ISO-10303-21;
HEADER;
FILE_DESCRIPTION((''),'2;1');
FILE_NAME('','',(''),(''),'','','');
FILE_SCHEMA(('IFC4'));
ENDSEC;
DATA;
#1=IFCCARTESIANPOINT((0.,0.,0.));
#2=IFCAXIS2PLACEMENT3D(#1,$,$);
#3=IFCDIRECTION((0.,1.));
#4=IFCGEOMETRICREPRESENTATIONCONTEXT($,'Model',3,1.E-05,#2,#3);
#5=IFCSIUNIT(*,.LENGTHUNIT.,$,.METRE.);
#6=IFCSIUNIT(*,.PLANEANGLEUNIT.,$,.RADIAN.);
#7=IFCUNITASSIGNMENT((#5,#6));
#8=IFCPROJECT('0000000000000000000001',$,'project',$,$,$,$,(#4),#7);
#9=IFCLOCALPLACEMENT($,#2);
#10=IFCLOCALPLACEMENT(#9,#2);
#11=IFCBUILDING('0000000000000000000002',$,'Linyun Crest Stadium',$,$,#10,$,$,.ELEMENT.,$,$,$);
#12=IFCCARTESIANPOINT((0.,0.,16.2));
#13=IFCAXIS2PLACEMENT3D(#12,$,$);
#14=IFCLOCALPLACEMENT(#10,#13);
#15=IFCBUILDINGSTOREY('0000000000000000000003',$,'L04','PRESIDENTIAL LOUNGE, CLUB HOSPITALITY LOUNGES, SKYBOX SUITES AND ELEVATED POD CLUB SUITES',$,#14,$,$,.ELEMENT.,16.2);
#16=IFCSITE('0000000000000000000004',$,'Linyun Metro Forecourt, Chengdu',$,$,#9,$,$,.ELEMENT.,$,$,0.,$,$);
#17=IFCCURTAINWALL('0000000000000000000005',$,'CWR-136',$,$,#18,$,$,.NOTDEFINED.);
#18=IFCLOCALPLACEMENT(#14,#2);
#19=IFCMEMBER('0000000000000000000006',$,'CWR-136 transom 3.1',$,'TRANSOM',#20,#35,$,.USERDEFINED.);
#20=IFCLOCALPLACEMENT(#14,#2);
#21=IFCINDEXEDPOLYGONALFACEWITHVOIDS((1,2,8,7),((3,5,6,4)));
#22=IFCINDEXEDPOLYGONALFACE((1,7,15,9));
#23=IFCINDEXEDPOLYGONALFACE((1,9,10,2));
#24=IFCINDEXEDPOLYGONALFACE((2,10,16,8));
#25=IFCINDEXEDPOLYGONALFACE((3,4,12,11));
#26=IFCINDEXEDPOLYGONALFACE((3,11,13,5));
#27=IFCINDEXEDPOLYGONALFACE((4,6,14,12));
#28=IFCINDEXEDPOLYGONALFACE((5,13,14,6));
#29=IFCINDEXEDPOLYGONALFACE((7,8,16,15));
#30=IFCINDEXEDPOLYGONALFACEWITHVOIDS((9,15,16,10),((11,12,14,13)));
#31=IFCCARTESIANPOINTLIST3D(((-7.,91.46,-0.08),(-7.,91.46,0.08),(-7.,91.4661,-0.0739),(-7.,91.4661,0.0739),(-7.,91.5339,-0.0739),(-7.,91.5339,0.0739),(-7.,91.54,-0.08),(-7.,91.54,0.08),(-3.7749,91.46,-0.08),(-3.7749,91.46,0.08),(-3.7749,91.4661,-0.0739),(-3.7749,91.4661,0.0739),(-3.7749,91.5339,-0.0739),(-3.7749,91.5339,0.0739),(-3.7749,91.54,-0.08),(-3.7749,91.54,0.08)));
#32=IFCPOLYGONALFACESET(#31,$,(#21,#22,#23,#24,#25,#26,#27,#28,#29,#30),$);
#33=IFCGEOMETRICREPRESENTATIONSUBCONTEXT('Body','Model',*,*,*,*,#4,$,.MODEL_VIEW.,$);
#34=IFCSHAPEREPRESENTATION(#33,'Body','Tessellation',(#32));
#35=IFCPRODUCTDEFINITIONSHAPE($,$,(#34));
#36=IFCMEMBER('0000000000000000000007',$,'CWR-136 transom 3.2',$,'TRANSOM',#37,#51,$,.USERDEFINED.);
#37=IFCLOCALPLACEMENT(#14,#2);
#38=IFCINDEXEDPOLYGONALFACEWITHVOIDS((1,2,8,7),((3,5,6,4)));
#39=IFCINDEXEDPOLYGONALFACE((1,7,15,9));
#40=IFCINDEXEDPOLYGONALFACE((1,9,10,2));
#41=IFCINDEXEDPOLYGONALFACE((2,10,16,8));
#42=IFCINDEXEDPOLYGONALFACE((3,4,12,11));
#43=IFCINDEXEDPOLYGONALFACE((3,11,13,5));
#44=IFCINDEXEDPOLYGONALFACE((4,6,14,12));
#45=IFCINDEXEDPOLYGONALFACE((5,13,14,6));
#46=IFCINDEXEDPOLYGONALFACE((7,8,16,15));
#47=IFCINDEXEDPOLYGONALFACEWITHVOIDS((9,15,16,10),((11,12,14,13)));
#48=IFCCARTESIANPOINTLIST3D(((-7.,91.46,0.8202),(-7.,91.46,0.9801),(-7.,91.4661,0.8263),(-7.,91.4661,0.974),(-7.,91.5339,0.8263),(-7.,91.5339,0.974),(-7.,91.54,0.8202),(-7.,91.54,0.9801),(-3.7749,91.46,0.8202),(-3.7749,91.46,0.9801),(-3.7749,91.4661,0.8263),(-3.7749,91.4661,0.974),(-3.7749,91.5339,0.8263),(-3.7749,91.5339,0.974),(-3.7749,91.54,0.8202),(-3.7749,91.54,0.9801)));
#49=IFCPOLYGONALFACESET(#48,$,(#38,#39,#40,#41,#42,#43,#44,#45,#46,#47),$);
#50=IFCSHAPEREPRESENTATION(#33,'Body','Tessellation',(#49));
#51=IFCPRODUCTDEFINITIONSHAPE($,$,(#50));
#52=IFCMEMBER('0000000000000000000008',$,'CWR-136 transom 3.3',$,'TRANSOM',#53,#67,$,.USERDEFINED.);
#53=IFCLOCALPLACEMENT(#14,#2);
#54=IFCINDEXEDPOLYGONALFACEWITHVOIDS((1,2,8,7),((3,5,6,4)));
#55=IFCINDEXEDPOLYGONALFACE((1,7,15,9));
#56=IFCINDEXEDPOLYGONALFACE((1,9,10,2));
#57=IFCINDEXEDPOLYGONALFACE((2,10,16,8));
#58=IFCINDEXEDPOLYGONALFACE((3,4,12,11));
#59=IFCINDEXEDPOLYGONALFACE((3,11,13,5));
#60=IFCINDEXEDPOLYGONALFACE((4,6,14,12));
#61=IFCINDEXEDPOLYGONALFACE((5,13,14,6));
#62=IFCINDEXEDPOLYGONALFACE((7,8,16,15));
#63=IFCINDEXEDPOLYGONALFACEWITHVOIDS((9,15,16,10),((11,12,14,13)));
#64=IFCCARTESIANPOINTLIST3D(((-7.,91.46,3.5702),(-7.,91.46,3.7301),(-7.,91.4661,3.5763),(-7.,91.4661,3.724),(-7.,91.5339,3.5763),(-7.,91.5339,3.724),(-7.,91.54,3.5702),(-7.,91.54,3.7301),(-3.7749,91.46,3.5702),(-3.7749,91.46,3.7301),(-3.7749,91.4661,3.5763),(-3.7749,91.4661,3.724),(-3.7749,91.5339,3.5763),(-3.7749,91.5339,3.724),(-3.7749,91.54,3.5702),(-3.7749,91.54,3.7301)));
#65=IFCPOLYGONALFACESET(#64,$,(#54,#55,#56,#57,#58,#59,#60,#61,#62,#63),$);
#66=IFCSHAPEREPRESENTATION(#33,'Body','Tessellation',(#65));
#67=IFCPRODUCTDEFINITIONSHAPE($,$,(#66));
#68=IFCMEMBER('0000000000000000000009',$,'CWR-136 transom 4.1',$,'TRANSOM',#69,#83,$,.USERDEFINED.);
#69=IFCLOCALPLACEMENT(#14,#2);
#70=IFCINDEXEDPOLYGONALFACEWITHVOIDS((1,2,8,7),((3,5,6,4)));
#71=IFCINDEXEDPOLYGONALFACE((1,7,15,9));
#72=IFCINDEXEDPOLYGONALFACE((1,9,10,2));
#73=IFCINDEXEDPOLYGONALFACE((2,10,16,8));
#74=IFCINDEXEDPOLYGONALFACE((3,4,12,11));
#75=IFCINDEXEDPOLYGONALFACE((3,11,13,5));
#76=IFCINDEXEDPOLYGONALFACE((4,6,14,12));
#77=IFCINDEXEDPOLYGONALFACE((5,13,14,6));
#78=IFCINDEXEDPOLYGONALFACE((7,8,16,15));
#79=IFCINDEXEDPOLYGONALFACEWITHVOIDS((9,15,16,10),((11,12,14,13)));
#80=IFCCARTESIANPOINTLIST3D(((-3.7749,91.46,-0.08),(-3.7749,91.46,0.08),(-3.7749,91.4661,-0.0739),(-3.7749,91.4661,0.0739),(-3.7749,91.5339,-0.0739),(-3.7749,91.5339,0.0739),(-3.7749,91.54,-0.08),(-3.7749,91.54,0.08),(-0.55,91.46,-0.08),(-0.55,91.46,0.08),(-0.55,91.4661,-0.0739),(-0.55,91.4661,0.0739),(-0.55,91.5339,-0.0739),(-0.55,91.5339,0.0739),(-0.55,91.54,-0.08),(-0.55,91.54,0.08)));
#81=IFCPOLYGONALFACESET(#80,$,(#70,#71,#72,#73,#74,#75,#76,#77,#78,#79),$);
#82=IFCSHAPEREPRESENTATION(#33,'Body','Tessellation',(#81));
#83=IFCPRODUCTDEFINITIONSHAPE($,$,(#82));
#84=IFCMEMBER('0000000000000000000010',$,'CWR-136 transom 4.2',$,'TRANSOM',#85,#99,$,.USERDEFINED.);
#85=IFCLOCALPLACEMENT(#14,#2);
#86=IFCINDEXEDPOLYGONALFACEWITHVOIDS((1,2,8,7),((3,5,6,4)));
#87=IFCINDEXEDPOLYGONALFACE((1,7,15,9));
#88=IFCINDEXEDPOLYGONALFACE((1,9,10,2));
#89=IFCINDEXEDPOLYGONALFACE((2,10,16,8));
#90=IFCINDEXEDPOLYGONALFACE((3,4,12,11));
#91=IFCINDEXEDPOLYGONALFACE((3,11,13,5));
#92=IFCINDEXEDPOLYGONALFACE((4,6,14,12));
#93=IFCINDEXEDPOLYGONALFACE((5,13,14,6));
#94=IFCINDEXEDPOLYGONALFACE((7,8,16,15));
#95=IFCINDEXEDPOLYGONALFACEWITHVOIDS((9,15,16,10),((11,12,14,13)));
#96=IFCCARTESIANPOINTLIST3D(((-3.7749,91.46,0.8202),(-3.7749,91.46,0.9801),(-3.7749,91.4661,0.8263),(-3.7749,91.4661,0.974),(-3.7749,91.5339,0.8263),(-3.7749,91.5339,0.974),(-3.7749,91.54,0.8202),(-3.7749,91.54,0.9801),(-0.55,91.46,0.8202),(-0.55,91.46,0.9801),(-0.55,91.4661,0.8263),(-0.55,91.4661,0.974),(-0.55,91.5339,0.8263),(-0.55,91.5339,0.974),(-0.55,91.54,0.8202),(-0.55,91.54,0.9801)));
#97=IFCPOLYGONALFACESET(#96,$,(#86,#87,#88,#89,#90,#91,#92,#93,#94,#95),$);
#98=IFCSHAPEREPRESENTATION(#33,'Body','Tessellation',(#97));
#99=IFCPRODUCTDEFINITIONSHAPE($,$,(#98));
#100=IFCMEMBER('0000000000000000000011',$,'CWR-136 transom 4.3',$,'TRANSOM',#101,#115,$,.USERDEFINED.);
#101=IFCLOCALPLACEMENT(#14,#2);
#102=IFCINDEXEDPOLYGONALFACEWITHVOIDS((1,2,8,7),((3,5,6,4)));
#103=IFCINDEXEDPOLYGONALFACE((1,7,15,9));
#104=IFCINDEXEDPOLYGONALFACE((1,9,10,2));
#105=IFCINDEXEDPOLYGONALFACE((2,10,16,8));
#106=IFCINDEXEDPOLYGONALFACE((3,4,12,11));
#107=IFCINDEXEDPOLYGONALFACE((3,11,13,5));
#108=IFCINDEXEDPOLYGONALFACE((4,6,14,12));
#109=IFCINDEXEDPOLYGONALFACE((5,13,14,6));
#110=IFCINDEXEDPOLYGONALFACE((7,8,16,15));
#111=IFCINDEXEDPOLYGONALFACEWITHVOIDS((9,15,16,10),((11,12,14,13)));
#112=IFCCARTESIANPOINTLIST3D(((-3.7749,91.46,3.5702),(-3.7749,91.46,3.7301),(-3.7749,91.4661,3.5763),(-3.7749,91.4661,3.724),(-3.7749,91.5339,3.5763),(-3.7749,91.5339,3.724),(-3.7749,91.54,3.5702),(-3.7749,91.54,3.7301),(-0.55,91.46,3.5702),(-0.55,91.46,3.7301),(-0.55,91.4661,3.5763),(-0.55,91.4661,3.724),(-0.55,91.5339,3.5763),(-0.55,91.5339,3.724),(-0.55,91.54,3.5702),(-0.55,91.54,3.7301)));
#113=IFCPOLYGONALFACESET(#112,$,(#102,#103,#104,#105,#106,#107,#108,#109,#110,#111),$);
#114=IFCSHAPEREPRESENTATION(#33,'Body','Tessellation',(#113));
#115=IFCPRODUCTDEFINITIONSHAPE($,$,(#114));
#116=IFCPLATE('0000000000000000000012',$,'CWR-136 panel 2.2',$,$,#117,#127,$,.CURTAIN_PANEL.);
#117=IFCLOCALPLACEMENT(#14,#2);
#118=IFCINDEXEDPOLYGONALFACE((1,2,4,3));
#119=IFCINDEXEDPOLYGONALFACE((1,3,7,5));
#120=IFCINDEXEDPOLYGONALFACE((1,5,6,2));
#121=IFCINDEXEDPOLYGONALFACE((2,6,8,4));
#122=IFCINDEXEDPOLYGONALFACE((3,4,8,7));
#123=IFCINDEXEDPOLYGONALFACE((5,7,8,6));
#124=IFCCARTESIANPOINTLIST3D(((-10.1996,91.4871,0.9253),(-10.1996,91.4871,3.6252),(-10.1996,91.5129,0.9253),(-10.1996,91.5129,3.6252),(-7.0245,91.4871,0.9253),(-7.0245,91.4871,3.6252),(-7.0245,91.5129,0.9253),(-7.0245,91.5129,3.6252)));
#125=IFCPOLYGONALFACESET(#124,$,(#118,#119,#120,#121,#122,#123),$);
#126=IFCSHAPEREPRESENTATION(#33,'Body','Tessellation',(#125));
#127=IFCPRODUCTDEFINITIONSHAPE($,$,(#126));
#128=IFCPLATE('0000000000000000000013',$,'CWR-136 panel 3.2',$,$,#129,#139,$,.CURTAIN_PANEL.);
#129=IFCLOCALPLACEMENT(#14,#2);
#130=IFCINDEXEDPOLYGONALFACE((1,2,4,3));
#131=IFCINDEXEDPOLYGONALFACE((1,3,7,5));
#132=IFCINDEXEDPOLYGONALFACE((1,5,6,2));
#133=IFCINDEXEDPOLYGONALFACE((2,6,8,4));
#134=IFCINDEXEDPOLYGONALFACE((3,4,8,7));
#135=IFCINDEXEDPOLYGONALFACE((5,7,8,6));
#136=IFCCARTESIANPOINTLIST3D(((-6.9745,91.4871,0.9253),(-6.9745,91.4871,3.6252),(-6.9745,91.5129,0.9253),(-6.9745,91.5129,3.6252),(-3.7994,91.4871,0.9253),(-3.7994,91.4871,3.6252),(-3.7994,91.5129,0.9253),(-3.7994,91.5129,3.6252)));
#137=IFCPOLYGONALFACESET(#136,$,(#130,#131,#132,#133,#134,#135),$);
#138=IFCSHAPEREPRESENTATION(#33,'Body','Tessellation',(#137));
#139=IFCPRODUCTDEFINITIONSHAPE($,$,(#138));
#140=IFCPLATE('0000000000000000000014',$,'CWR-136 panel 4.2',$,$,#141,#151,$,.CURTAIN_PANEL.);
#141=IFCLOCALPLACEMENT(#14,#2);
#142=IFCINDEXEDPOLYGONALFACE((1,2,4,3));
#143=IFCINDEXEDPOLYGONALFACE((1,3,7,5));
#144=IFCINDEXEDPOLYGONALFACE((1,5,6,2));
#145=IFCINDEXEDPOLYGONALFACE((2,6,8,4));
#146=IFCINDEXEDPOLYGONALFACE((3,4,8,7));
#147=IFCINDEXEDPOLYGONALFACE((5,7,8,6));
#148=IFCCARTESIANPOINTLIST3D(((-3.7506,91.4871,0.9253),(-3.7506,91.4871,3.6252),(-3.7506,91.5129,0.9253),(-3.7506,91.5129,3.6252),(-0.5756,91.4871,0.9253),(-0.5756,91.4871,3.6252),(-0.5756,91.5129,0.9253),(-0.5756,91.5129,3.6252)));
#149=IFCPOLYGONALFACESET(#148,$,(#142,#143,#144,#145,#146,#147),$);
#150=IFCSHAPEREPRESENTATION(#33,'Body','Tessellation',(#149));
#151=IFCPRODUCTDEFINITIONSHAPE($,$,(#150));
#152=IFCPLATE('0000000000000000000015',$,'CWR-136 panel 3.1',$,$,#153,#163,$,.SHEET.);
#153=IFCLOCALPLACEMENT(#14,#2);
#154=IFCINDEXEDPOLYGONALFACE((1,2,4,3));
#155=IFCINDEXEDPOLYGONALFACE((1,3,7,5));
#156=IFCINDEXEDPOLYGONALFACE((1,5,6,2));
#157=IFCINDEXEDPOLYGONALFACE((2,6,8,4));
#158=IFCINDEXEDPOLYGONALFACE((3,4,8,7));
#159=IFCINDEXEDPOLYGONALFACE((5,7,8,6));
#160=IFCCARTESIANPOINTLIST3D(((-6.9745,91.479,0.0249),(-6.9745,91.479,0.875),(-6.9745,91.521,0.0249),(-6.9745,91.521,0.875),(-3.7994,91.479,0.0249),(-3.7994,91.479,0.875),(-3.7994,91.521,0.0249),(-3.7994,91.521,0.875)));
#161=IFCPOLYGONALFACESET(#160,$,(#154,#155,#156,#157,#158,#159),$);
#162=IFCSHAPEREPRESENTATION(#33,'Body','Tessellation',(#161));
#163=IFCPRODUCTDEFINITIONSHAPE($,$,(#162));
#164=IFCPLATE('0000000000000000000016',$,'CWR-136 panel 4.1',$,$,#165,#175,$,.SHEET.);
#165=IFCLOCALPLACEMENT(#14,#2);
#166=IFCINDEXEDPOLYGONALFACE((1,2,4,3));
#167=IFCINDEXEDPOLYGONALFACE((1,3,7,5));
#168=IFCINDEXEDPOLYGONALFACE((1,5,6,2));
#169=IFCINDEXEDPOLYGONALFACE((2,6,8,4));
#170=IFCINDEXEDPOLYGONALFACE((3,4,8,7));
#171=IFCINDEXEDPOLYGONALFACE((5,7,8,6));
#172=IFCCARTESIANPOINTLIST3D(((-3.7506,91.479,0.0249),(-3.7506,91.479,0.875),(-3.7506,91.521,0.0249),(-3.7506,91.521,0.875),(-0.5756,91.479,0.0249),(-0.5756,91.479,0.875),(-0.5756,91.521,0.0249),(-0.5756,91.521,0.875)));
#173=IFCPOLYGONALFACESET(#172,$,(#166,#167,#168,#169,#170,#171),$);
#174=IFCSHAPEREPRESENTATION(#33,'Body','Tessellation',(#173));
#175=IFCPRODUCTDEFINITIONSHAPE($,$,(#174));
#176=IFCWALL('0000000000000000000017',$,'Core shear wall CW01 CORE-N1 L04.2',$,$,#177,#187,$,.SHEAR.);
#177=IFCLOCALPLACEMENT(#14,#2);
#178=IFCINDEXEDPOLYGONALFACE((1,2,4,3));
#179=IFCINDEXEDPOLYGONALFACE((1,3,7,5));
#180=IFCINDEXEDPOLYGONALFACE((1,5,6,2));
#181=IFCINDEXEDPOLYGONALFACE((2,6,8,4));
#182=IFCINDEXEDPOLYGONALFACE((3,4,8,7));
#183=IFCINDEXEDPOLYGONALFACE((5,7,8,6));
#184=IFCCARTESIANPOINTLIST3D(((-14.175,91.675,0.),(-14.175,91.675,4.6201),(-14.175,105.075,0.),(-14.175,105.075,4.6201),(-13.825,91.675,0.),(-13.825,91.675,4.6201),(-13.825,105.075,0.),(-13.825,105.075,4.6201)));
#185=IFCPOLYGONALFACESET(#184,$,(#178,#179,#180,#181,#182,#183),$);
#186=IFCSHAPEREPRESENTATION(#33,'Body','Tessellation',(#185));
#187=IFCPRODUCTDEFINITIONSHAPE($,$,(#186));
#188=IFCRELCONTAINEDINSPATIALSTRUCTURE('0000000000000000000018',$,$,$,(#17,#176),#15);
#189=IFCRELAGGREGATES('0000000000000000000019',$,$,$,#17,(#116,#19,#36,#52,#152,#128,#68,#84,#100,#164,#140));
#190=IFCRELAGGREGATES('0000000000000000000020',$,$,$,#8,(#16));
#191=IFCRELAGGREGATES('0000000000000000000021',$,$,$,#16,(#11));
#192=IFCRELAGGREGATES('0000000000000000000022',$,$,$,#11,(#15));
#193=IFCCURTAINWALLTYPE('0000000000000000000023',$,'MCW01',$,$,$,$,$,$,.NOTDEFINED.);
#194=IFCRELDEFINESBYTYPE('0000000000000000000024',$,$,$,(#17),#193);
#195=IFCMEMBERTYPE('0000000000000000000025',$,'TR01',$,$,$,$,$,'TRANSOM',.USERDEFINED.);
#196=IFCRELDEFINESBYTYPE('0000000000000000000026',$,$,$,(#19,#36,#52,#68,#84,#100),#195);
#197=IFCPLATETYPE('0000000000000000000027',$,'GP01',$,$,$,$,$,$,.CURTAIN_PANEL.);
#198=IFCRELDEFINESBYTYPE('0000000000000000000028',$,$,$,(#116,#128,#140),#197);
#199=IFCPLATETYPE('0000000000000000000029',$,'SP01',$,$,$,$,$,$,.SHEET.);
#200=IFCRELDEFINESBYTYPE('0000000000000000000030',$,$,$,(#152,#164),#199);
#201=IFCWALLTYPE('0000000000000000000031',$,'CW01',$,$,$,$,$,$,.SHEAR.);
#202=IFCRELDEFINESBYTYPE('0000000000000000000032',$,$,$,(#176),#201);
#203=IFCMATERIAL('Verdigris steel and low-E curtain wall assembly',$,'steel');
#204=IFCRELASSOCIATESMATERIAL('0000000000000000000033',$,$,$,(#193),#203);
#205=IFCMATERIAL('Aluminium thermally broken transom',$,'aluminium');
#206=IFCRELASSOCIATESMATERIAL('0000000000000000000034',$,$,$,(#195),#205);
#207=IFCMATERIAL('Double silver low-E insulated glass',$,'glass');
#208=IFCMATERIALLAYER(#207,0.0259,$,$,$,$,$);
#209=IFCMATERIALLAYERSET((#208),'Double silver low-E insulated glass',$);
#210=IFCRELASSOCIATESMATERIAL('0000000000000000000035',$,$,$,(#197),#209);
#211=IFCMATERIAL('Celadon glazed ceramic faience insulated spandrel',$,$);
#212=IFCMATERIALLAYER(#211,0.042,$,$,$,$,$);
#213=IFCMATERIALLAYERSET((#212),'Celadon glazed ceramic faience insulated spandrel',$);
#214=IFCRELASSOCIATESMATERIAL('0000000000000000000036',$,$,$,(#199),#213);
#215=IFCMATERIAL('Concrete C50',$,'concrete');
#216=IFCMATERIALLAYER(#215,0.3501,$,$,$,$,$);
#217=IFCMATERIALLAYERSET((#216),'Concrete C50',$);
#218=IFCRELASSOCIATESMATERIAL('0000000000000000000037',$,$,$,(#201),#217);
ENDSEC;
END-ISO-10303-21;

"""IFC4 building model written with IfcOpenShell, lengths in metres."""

from ifc_helpers import new_model, si_unit, direction, frame, frame_2d, origin, origin_2d, place, context, subcontext, project, spatial, rectangle, hollow_rectangle, extrude, material, layer, layer_set, material_profile, profile_set, type_object, element, aggregate, save


model = new_model("IFC4")

# Units and contexts
model_context = context("Model", 3, precision=1e-05, world=origin(), true_north=direction((0.0, 1.0)))
body_context = subcontext(model_context, "Body", "Model", "MODEL_VIEW")
ifc_project = project(units=[si_unit("LENGTHUNIT", "METRE"), si_unit("PLANEANGLEUNIT", "RADIAN")], contexts=[model_context])

# Site, building, storey
site_placement = place(None, origin())
site = spatial("IfcSite", under=ifc_project, at=site_placement, Name="Linyun Metro Forecourt, Chengdu", CompositionType="ELEMENT", RefElevation=0.0)
building_placement = place(site_placement, origin())
building = spatial("IfcBuilding", under=site, at=building_placement, Name="Linyun Crest Stadium", CompositionType="ELEMENT")
storey_placement = place(building_placement, frame((0.0, 0.0, 16.2)))
storey = spatial("IfcBuildingStorey", under=building, at=storey_placement, Name="L04", Description="PRESIDENTIAL LOUNGE, CLUB HOSPITALITY LOUNGES, SKYBOX SUITES AND ELEVATED POD CLUB SUITES", CompositionType="ELEMENT", Elevation=16.2)

# Curtain wall
ifc_material_1 = material(Name="Verdigris steel and low-E curtain wall assembly", Category="steel")
curtain_wall_type = type_object("IfcCurtainWallType", Name="MCW01", PredefinedType="NOTDEFINED", material=ifc_material_1)
curtain_wall_placement = place(storey_placement, origin())
curtain_wall = element("IfcCurtainWall", 1, at=curtain_wall_placement, inside=storey, type_object=curtain_wall_type, Name="CWR-136", PredefinedType="NOTDEFINED")

# Members
ifc_material_2 = material(Name="Aluminium thermally broken transom", Category="aluminium")
ifc_material_profile_1 = material_profile(ifc_material_2, hollow_rectangle(XDim=0.0801, YDim=0.1599, WallThickness=0.0061, at=origin_2d()), Name="RHS 160x80x6")
ifc_profile_set_1 = profile_set([ifc_material_profile_1], Name="Aluminium thermally broken transom")
member_type_1 = type_object("IfcMemberType", Name="TR01", ElementType="TRANSOM", PredefinedType="USERDEFINED", material=ifc_profile_set_1)
member_1_placement = place(storey_placement, frame((-7.0, 91.5, 0.0), z_axis=(1.0, 0.0, 0.0), x_axis=(0.0, 1.0, 0.0)))
member_1 = element("IfcMember", 2, at=member_1_placement, type_object=member_type_1, Name="CWR-136 transom 3.1", ObjectType="TRANSOM", PredefinedType="USERDEFINED", context=body_context, shape_type="SweptSolid", body=[
    extrude(hollow_rectangle(XDim=0.0801, YDim=0.1599, WallThickness=0.0061, at=origin_2d()), origin(), (0.0, 0.0, 1.0), 3.2251),
])
member_2_placement = place(storey_placement, frame((-7.0, 91.5, 0.9001), z_axis=(1.0, 0.0, 0.0), x_axis=(0.0, 1.0, 0.0)))
member_2 = element("IfcMember", 3, at=member_2_placement, type_object=member_type_1, Name="CWR-136 transom 3.2", ObjectType="TRANSOM", PredefinedType="USERDEFINED", context=body_context, shape_type="SweptSolid", body=[
    extrude(hollow_rectangle(XDim=0.0801, YDim=0.1599, WallThickness=0.0061, at=origin_2d()), origin(), (0.0, 0.0, 1.0), 3.2251),
])
member_3_placement = place(storey_placement, frame((-7.0, 91.5, 3.6501), z_axis=(1.0, 0.0, 0.0), x_axis=(0.0, 1.0, 0.0)))
member_3 = element("IfcMember", 4, at=member_3_placement, type_object=member_type_1, Name="CWR-136 transom 3.3", ObjectType="TRANSOM", PredefinedType="USERDEFINED", context=body_context, shape_type="SweptSolid", body=[
    extrude(hollow_rectangle(XDim=0.0801, YDim=0.1599, WallThickness=0.0061, at=origin_2d()), origin(), (0.0, 0.0, 1.0), 3.2251),
])
member_4_placement = place(storey_placement, frame((-3.7749, 91.5, 0.0), z_axis=(1.0, 0.0, 0.0), x_axis=(0.0, 1.0, 0.0)))
member_4 = element("IfcMember", 5, at=member_4_placement, type_object=member_type_1, Name="CWR-136 transom 4.1", ObjectType="TRANSOM", PredefinedType="USERDEFINED", context=body_context, shape_type="SweptSolid", body=[
    extrude(hollow_rectangle(XDim=0.0801, YDim=0.1599, WallThickness=0.0061, at=origin_2d()), origin(), (0.0, 0.0, 1.0), 3.2249),
])
member_5_placement = place(storey_placement, frame((-3.7749, 91.5, 0.9001), z_axis=(1.0, 0.0, 0.0), x_axis=(0.0, 1.0, 0.0)))
member_5 = element("IfcMember", 6, at=member_5_placement, type_object=member_type_1, Name="CWR-136 transom 4.2", ObjectType="TRANSOM", PredefinedType="USERDEFINED", context=body_context, shape_type="SweptSolid", body=[
    extrude(hollow_rectangle(XDim=0.0801, YDim=0.1599, WallThickness=0.0061, at=origin_2d()), origin(), (0.0, 0.0, 1.0), 3.2249),
])
member_6_placement = place(storey_placement, frame((-3.7749, 91.5, 3.6501), z_axis=(1.0, 0.0, 0.0), x_axis=(0.0, 1.0, 0.0)))
member_6 = element("IfcMember", 7, at=member_6_placement, type_object=member_type_1, Name="CWR-136 transom 4.3", ObjectType="TRANSOM", PredefinedType="USERDEFINED", context=body_context, shape_type="SweptSolid", body=[
    extrude(hollow_rectangle(XDim=0.0801, YDim=0.1599, WallThickness=0.0061, at=origin_2d()), origin(), (0.0, 0.0, 1.0), 3.2249),
])

# Plates
ifc_material_3 = material(Name="Double silver low-E insulated glass", Category="glass")
ifc_layer_1 = layer(ifc_material_3, 0.0259)
ifc_layer_set_1 = layer_set([ifc_layer_1], Name="Double silver low-E insulated glass")
plate_type_1 = type_object("IfcPlateType", Name="GP01", PredefinedType="CURTAIN_PANEL", material=ifc_layer_set_1)
plate_1_placement = place(storey_placement, frame((-8.6121, 91.5, 0.9253), z_axis=(0.0, 0.0, 1.0), x_axis=(1.0, 0.0, 0.0)))
plate_1 = element("IfcPlate", 8, at=plate_1_placement, type_object=plate_type_1, Name="CWR-136 panel 2.2", PredefinedType="CURTAIN_PANEL", context=body_context, shape_type="SweptSolid", body=[
    extrude(rectangle(XDim=3.175, YDim=0.0259, at=origin_2d()), origin(), (0.0, 0.0, 1.0), 2.7),
])
plate_2_placement = place(storey_placement, frame((-5.387, 91.5, 0.9253), z_axis=(0.0, 0.0, 1.0), x_axis=(1.0, 0.0, 0.0)))
plate_2 = element("IfcPlate", 9, at=plate_2_placement, type_object=plate_type_1, Name="CWR-136 panel 3.2", PredefinedType="CURTAIN_PANEL", context=body_context, shape_type="SweptSolid", body=[
    extrude(rectangle(XDim=3.175, YDim=0.0259, at=origin_2d()), origin(), (0.0, 0.0, 1.0), 2.7),
])
plate_3_placement = place(storey_placement, frame((-2.1631, 91.5, 0.9253), z_axis=(0.0, 0.0, 1.0), x_axis=(1.0, 0.0, 0.0)))
plate_3 = element("IfcPlate", 10, at=plate_3_placement, type_object=plate_type_1, Name="CWR-136 panel 4.2", PredefinedType="CURTAIN_PANEL", context=body_context, shape_type="SweptSolid", body=[
    extrude(rectangle(XDim=3.175, YDim=0.0259, at=origin_2d()), origin(), (0.0, 0.0, 1.0), 2.7),
])
ifc_material_4 = material(Name="Celadon glazed ceramic faience insulated spandrel")
ifc_layer_2 = layer(ifc_material_4, 0.042)
ifc_layer_set_2 = layer_set([ifc_layer_2], Name="Celadon glazed ceramic faience insulated spandrel")
plate_type_2 = type_object("IfcPlateType", Name="SP01", PredefinedType="SHEET", material=ifc_layer_set_2)
plate_4_placement = place(storey_placement, frame((-5.387, 91.5, 0.0249), z_axis=(0.0, 0.0, 1.0), x_axis=(1.0, 0.0, 0.0)))
plate_4 = element("IfcPlate", 11, at=plate_4_placement, type_object=plate_type_2, Name="CWR-136 panel 3.1", PredefinedType="SHEET", context=body_context, shape_type="SweptSolid", body=[
    extrude(rectangle(XDim=3.175, YDim=0.042, at=origin_2d()), origin(), (0.0, 0.0, 1.0), 0.8501),
])
plate_5_placement = place(storey_placement, frame((-2.1631, 91.5, 0.0249), z_axis=(0.0, 0.0, 1.0), x_axis=(1.0, 0.0, 0.0)))
plate_5 = element("IfcPlate", 12, at=plate_5_placement, type_object=plate_type_2, Name="CWR-136 panel 4.1", PredefinedType="SHEET", context=body_context, shape_type="SweptSolid", body=[
    extrude(rectangle(XDim=3.175, YDim=0.042, at=origin_2d()), origin(), (0.0, 0.0, 1.0), 0.8501),
])
aggregate(curtain_wall, [plate_1, member_1, member_2, member_3, plate_4, plate_2, member_4, member_5, member_6, plate_5, plate_3])

# Wall
ifc_material_5 = material(Name="Concrete C50", Category="concrete")
ifc_layer_3 = layer(ifc_material_5, 0.3501)
ifc_layer_set_3 = layer_set([ifc_layer_3], Name="Concrete C50")
wall_type_1 = type_object("IfcWallType", Name="CW01", PredefinedType="SHEAR", material=ifc_layer_set_3)
wall_1_placement = place(storey_placement, frame((-14.0, 91.675, 0.0), z_axis=(0.0, 0.0, 1.0), x_axis=(0.0, 1.0, 0.0)))
element("IfcWall", 13, at=wall_1_placement, inside=storey, type_object=wall_type_1, Name="Core shear wall CW01 CORE-N1 L04.2", PredefinedType="SHEAR", context=body_context, shape_type="SweptSolid", body=[
    extrude(rectangle(XDim=13.3999, YDim=0.3501, at=frame_2d((6.7, 0.0))), origin(), (0.0, 0.0, 1.0), 4.6201),
])

save(model, "model.ifc")
